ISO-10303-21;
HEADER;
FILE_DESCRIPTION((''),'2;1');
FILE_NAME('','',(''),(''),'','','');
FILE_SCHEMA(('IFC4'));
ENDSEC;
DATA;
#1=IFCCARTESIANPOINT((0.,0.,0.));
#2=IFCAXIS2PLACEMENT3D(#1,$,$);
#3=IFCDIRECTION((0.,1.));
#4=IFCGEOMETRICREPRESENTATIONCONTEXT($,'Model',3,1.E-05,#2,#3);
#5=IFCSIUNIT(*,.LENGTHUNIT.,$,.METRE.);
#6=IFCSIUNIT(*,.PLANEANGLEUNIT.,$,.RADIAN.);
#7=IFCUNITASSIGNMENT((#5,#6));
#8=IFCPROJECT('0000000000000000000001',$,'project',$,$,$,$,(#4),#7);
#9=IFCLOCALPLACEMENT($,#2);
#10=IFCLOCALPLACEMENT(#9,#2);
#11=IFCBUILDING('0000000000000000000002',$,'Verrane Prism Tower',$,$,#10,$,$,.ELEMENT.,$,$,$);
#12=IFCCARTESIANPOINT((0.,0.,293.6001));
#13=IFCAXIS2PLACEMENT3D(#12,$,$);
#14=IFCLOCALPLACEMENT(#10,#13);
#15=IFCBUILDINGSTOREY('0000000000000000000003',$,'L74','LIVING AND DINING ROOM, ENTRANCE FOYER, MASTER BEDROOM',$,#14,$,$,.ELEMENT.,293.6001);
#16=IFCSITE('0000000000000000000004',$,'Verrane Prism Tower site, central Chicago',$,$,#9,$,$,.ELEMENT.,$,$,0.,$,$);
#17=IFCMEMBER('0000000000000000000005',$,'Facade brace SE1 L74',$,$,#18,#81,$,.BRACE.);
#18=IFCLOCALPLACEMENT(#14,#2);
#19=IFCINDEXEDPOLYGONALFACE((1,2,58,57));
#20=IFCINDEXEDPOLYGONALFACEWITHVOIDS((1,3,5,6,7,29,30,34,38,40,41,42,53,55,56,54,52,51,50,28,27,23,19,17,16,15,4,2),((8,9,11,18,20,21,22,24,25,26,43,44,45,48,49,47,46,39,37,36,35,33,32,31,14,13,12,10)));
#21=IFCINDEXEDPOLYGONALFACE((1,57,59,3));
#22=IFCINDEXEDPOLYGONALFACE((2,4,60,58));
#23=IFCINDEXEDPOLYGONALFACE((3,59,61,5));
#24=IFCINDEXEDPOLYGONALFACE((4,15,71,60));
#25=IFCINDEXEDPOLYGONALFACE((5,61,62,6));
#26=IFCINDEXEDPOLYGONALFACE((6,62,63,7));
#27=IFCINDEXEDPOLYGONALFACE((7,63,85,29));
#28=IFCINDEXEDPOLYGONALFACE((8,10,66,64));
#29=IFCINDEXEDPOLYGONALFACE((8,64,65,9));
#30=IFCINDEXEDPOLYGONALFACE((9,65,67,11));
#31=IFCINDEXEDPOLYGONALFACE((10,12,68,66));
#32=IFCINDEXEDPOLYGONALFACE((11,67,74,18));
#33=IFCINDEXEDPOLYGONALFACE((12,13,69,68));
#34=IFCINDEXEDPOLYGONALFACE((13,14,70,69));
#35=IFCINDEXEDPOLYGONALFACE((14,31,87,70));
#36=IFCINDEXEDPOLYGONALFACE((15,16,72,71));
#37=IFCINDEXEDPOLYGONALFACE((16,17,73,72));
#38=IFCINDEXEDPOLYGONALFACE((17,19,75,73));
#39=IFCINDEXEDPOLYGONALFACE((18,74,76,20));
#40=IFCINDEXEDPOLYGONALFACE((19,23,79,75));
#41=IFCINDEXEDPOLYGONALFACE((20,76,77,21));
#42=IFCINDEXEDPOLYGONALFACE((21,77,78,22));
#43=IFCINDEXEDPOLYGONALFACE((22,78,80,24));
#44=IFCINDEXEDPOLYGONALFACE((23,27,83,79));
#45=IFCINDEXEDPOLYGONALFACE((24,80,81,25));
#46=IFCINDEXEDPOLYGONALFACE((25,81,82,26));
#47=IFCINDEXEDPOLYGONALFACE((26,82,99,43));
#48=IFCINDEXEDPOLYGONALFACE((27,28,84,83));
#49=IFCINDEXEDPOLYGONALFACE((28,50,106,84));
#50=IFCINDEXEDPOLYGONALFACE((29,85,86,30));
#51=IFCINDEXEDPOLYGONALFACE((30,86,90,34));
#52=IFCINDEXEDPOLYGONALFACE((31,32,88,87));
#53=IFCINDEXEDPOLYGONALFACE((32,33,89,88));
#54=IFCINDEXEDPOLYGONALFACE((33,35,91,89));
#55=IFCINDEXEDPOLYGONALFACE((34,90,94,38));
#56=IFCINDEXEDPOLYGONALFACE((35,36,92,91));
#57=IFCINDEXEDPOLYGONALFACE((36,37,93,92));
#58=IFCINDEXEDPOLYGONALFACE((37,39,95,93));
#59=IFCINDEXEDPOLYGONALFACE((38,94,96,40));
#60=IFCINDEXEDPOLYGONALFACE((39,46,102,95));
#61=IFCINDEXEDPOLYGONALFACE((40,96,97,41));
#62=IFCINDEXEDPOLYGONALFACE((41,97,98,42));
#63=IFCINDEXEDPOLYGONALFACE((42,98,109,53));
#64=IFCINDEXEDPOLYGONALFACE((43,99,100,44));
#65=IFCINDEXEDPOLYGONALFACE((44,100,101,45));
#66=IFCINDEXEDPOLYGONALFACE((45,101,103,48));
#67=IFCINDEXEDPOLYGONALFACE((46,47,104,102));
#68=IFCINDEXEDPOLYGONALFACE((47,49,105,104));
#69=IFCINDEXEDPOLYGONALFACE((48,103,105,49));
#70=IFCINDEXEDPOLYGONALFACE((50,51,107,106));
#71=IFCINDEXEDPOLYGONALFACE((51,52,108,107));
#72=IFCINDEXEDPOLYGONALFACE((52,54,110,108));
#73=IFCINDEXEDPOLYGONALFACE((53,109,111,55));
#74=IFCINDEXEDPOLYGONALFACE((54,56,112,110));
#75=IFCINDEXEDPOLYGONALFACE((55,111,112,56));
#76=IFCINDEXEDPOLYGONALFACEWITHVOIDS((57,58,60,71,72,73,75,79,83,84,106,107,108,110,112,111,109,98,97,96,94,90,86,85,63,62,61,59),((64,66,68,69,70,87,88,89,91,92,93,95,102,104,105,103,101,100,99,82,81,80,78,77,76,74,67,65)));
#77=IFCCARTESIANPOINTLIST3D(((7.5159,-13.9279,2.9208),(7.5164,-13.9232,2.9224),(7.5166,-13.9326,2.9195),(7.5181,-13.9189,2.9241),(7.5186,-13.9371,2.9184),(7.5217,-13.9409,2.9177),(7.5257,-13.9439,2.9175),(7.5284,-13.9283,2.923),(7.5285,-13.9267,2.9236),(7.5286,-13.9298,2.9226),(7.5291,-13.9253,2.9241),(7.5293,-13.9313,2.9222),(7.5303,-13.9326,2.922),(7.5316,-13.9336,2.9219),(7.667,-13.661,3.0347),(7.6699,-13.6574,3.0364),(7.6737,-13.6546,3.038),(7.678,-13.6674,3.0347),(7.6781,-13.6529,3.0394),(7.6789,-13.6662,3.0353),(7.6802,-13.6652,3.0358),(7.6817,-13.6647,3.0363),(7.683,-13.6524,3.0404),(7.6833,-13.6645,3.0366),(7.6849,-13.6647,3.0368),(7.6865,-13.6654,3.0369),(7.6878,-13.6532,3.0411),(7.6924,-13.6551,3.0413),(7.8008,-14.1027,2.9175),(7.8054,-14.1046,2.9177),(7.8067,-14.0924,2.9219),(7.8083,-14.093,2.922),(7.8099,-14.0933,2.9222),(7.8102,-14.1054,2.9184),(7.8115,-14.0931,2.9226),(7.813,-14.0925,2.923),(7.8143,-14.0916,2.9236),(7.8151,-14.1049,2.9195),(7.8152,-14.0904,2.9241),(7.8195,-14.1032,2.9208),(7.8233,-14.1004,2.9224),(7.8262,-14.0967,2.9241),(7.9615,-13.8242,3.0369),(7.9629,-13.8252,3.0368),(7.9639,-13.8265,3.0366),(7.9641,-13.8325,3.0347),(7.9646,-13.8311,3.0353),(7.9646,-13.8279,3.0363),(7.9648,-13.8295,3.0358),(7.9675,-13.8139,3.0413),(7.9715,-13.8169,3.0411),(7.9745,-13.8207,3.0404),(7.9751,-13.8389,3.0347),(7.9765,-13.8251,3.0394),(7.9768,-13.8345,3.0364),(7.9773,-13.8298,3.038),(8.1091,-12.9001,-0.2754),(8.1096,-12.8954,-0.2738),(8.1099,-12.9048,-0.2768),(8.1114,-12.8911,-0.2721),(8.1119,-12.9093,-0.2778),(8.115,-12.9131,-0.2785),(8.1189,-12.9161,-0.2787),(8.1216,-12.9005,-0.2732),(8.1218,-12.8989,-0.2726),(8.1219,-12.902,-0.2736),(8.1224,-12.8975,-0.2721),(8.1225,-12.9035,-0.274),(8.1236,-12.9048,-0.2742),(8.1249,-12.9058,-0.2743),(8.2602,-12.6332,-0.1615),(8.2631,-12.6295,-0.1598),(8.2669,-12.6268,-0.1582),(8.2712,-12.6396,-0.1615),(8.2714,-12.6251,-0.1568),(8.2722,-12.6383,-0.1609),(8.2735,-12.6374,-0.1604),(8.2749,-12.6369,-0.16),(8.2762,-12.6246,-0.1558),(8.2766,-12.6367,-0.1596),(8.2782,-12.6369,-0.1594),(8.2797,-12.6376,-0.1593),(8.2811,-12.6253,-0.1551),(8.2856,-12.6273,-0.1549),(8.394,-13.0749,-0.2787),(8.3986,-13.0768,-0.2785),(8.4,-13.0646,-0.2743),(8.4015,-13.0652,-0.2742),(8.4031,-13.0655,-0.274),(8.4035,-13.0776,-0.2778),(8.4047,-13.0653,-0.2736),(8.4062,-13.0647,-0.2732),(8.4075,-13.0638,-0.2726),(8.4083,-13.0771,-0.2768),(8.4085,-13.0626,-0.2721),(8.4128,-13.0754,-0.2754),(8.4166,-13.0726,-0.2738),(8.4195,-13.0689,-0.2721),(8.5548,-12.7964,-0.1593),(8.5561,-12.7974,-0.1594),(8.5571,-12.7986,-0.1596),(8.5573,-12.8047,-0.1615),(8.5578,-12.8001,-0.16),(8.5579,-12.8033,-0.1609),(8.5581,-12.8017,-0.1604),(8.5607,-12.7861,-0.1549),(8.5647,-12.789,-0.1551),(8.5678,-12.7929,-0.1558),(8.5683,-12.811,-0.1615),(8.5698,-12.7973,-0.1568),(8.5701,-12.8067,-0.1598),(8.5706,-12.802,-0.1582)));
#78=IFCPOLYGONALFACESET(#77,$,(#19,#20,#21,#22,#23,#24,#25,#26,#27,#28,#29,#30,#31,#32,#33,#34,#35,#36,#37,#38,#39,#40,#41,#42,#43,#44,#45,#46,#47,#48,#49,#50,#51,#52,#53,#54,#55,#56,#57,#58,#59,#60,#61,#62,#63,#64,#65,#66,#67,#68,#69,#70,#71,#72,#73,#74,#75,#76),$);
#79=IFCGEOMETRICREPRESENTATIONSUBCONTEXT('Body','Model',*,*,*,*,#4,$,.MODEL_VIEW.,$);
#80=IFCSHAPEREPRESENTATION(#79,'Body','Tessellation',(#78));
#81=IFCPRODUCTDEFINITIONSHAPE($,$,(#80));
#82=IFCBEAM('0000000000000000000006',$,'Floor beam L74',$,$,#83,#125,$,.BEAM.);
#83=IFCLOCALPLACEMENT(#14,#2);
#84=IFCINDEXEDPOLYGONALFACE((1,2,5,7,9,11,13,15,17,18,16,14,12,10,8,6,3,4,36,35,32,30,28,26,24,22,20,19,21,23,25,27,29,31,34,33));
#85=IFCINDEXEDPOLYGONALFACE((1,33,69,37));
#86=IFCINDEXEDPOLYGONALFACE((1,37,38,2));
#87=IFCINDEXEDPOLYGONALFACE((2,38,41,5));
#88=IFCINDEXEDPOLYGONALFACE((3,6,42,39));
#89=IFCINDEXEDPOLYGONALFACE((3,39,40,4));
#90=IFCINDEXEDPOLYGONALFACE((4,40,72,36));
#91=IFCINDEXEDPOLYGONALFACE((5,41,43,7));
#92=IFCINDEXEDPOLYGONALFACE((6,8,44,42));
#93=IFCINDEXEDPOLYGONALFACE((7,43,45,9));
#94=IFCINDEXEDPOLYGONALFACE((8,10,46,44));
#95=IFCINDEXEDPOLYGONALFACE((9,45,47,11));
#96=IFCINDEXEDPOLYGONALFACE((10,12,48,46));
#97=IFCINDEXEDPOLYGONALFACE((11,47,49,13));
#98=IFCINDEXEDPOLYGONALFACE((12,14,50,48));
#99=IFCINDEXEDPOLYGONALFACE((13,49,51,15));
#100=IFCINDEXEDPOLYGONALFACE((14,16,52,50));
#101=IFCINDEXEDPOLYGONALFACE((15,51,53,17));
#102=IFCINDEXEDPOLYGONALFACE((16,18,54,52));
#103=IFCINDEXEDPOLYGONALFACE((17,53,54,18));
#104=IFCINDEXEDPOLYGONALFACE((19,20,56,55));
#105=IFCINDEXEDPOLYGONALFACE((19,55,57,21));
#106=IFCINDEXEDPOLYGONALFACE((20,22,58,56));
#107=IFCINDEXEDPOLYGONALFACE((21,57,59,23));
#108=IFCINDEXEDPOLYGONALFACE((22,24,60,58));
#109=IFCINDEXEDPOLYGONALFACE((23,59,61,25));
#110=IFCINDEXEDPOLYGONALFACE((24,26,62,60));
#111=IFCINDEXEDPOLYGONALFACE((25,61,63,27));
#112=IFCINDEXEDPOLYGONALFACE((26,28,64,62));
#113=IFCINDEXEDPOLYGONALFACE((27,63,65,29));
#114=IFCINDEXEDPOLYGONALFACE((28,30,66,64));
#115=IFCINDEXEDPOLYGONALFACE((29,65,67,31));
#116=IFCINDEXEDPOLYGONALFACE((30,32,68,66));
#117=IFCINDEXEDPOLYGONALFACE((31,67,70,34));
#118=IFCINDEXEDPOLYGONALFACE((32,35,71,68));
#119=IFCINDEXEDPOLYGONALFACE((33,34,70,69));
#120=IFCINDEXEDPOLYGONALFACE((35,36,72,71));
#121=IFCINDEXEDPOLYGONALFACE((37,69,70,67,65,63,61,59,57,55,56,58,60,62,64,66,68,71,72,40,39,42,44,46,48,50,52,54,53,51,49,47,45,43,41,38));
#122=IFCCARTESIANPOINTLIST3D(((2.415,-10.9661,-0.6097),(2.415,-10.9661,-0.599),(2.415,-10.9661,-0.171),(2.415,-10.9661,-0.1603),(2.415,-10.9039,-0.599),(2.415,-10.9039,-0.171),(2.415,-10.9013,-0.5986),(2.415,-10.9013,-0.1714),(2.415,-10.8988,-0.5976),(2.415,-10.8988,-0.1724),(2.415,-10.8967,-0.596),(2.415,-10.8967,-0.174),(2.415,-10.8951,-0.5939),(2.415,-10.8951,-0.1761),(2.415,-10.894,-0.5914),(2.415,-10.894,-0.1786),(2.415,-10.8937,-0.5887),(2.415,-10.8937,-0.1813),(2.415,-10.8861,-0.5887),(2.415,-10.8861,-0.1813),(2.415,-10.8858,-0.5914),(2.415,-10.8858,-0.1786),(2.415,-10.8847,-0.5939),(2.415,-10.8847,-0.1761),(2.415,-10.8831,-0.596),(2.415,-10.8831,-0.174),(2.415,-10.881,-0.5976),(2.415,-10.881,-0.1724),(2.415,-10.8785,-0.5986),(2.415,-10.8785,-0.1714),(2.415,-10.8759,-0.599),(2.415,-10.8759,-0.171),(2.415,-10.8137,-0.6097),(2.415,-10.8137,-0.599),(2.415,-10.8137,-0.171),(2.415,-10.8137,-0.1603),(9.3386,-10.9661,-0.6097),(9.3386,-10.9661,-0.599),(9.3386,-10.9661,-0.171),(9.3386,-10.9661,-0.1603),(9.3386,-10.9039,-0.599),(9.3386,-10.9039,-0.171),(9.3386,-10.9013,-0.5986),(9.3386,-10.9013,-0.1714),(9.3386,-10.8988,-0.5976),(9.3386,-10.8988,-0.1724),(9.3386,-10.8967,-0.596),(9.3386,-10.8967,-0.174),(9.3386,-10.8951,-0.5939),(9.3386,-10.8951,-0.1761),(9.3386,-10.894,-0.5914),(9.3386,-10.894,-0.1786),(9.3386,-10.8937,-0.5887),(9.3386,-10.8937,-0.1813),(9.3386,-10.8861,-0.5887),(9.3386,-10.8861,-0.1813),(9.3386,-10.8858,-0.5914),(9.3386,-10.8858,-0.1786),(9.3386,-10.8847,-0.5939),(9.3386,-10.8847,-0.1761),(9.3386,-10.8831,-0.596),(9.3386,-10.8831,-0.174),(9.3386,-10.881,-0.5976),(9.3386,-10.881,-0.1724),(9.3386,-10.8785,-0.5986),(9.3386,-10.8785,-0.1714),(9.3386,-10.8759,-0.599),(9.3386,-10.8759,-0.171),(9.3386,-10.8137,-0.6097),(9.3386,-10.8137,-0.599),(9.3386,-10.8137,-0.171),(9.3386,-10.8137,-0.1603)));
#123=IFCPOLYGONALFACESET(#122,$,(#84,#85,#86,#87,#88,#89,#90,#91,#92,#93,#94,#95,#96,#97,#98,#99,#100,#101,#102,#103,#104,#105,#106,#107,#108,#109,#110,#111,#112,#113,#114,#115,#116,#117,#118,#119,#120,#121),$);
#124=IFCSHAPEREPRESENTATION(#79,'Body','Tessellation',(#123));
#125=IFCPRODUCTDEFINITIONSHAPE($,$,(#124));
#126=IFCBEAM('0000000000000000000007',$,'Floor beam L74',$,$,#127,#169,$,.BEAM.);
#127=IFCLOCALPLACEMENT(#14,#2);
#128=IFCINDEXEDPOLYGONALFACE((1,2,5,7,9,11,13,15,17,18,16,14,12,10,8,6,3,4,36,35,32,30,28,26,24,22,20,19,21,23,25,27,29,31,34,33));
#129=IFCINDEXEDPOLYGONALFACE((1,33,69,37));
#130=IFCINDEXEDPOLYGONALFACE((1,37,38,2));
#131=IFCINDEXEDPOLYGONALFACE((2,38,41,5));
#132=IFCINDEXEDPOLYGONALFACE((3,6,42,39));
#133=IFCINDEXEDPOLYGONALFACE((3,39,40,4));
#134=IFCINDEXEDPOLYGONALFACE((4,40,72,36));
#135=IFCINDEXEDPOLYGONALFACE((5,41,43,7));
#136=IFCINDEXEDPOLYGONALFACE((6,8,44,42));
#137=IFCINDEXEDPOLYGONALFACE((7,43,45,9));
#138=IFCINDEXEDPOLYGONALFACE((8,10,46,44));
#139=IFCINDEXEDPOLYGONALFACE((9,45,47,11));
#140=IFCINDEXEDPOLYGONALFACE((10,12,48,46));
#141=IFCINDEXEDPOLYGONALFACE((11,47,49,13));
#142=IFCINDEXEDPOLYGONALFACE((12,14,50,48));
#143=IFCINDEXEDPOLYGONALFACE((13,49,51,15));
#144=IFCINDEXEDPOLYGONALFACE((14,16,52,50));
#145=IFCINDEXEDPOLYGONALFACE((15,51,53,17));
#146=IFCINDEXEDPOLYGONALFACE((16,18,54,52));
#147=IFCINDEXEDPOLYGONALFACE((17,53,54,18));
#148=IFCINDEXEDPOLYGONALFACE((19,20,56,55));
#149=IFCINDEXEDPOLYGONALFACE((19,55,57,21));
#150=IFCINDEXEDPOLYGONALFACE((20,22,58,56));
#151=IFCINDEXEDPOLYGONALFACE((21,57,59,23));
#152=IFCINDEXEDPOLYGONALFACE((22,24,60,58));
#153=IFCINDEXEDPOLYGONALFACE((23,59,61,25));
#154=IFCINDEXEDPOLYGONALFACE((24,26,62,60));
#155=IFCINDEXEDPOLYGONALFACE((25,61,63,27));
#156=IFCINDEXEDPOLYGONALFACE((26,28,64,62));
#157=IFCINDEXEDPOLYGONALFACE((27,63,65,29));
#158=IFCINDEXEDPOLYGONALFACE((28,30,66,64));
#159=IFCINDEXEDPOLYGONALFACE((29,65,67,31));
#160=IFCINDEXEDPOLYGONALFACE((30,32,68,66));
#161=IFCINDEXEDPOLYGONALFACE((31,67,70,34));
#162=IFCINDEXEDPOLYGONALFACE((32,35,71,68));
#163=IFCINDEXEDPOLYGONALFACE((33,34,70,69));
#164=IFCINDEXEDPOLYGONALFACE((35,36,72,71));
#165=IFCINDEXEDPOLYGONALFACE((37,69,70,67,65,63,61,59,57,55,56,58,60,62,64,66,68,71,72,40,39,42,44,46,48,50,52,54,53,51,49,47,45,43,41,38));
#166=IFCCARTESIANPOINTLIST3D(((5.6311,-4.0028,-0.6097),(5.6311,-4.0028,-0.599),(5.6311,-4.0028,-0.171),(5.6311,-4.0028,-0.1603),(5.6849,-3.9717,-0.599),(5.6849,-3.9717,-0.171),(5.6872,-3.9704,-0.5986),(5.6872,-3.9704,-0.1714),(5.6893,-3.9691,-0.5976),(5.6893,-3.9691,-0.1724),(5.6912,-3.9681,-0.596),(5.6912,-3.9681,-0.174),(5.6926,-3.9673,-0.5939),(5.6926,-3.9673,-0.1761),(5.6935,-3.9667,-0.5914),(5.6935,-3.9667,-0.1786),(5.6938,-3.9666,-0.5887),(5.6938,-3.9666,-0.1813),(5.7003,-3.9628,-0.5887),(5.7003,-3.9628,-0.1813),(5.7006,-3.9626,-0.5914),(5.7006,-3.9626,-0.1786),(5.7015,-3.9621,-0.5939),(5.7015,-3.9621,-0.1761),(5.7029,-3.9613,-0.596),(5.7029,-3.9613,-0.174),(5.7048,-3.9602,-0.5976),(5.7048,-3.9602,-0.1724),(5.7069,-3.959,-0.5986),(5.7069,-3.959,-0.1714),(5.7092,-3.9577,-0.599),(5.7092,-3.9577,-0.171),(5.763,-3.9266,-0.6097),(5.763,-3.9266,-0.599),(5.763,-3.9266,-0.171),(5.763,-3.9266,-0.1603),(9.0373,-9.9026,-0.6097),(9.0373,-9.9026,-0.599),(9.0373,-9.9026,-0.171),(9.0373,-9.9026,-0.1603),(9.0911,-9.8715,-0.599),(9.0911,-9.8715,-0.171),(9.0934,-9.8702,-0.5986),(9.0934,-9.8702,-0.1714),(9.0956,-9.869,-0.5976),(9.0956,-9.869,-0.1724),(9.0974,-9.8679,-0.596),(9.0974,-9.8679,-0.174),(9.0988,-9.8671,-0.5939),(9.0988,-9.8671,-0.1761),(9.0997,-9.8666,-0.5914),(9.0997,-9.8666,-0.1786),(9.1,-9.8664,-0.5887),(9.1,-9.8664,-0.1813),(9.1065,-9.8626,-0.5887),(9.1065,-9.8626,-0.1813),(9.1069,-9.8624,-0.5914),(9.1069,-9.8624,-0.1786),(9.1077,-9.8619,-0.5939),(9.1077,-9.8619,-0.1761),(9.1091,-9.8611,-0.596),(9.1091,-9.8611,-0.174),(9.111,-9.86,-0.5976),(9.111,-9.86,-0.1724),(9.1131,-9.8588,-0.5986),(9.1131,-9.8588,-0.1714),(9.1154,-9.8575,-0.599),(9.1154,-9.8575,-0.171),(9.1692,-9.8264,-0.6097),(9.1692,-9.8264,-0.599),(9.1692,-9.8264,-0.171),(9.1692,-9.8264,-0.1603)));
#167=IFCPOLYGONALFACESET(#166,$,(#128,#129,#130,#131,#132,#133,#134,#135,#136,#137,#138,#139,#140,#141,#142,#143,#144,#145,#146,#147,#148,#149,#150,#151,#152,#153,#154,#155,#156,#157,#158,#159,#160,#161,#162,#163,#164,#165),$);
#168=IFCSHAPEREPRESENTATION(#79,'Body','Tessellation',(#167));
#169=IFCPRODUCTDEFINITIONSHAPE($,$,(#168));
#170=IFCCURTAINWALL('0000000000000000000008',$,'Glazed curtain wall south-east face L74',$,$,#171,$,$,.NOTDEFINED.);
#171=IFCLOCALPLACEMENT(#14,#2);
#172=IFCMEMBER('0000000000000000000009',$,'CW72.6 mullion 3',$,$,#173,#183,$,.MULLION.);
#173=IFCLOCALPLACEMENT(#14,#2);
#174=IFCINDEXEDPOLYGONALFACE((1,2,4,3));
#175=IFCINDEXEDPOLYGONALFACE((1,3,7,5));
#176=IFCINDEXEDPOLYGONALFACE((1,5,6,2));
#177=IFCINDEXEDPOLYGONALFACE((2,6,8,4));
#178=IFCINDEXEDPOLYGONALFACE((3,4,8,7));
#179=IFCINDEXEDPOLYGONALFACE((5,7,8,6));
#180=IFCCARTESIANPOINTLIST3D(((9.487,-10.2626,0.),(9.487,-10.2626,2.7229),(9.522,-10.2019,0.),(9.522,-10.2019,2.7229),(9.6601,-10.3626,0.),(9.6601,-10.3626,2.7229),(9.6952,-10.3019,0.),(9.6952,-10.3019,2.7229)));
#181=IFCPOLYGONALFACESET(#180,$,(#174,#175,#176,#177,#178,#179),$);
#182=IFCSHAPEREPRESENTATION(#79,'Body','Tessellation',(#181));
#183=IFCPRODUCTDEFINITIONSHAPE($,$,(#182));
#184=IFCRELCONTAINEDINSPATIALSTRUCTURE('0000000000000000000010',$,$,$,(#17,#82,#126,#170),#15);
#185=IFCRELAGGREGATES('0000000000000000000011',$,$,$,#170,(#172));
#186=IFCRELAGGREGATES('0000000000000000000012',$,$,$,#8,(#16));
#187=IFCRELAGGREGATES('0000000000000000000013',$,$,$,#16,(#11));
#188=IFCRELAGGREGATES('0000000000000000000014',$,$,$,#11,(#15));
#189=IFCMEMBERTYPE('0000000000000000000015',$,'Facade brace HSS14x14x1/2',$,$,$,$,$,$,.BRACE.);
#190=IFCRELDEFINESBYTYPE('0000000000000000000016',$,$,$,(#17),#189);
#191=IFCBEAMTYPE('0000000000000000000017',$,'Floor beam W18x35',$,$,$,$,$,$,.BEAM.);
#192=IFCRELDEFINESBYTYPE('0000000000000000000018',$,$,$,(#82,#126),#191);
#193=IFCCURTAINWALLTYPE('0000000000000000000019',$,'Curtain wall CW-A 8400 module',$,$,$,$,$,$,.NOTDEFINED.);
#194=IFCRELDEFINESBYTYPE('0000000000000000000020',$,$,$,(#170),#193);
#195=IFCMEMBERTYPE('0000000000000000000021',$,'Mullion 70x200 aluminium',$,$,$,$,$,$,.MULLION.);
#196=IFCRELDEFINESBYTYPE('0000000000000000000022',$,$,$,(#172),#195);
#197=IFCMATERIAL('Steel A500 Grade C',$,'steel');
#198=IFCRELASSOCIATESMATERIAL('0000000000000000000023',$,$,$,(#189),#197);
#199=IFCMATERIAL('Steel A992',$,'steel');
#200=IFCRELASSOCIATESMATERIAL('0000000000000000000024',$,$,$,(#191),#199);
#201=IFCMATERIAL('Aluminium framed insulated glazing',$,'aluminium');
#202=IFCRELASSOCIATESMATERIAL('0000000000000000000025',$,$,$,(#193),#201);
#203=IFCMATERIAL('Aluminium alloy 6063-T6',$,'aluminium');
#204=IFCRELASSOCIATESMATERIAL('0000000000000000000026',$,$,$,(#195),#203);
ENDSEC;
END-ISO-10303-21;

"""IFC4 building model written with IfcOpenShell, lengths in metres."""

from ifc_helpers import new_model, si_unit, direction, frame, origin, origin_2d, place, context, subcontext, project, spatial, rectangle, hollow_rectangle, i_section, extrude, material, material_profile, profile_set, type_object, element, aggregate, save


model = new_model("IFC4")

# Units and contexts
model_context = context("Model", 3, precision=1e-05, world=origin(), true_north=direction((0.0, 1.0)))
body_context = subcontext(model_context, "Body", "Model", "MODEL_VIEW")
ifc_project = project(units=[si_unit("LENGTHUNIT", "METRE"), si_unit("PLANEANGLEUNIT", "RADIAN")], contexts=[model_context])

# Site, building, storey
site_placement = place(None, origin())
site = spatial("IfcSite", under=ifc_project, at=site_placement, Name="Verrane Prism Tower site, central Chicago", CompositionType="ELEMENT", RefElevation=0.0)
building_placement = place(site_placement, origin())
building = spatial("IfcBuilding", under=site, at=building_placement, Name="Verrane Prism Tower", CompositionType="ELEMENT")
storey_placement = place(building_placement, frame((0.0, 0.0, 293.6001)))
storey = spatial("IfcBuildingStorey", under=building, at=storey_placement, Name="L74", Description="LIVING AND DINING ROOM, ENTRANCE FOYER, MASTER BEDROOM", CompositionType="ELEMENT", Elevation=293.6001)

# Member
ifc_material_1 = material(Name="Steel A500 Grade C", Category="steel")
ifc_material_profile_1 = material_profile(ifc_material_1, hollow_rectangle(XDim=0.3557, YDim=0.3557, WallThickness=0.0127, InnerFilletRadius=0.0063, OuterFilletRadius=0.019, at=origin_2d()), Name="HSS14x14x1/2")
ifc_profile_set_1 = profile_set([ifc_material_profile_1], Name="Steel A500 Grade C")
member_type_1 = type_object("IfcMemberType", Name="Facade brace HSS14x14x1/2", PredefinedType="BRACE", material=ifc_profile_set_1)
member_1_placement = place(storey_placement, frame((8.3398, -12.8511, -0.2168), z_axis=(-0.174003, -0.301462, 0.937467), x_axis=(0.866083, -0.499901, 0.0)))
element("IfcMember", 1, at=member_1_placement, inside=storey, type_object=member_type_1, Name="Facade brace SE1 L74", PredefinedType="BRACE", context=body_context, shape_type="SweptSolid", body=[
    extrude(hollow_rectangle(XDim=0.3557, YDim=0.3557, WallThickness=0.0127, InnerFilletRadius=0.0063, OuterFilletRadius=0.019, at=origin_2d()), origin(), (0.0, 0.0, 1.0), 3.4094),
])

# Beams
ifc_material_2 = material(Name="Steel A992", Category="steel")
ifc_material_profile_2 = material_profile(ifc_material_2, i_section(OverallWidth=0.1523, OverallDepth=0.4495, WebThickness=0.0076, FlangeThickness=0.0107, FilletRadius=0.0103, at=origin_2d()), Name="W18x35")
ifc_profile_set_2 = profile_set([ifc_material_profile_2], Name="Steel A992")
beam_type_1 = type_object("IfcBeamType", Name="Floor beam W18x35", PredefinedType="BEAM", material=ifc_profile_set_2)
beam_1_placement = place(storey_placement, frame((2.415, -10.8899, -0.385), z_axis=(1.0, 0.0, 0.0), x_axis=(0.0, 1.0, 0.0)))
element("IfcBeam", 2, at=beam_1_placement, inside=storey, type_object=beam_type_1, Name="Floor beam L74", PredefinedType="BEAM", context=body_context, shape_type="SweptSolid", body=[
    extrude(i_section(OverallWidth=0.1523, OverallDepth=0.4495, WebThickness=0.0076, FlangeThickness=0.0107, FilletRadius=0.0103, at=origin_2d()), origin(), (0.0, 0.0, 1.0), 6.9236),
])
beam_2_placement = place(storey_placement, frame((9.1033, -9.8645, -0.385), z_axis=(-0.499993, 0.866029, 0.0), x_axis=(-0.866029, -0.499993, 0.0)))
element("IfcBeam", 3, at=beam_2_placement, inside=storey, type_object=beam_type_1, Name="Floor beam L74", PredefinedType="BEAM", context=body_context, shape_type="SweptSolid", body=[
    extrude(i_section(OverallWidth=0.1523, OverallDepth=0.4495, WebThickness=0.0076, FlangeThickness=0.0107, FilletRadius=0.0103, at=origin_2d()), origin(), (0.0, 0.0, 1.0), 6.8125),
])

# Curtain wall, member
ifc_material_3 = material(Name="Aluminium framed insulated glazing", Category="aluminium")
curtain_wall_type = type_object("IfcCurtainWallType", Name="Curtain wall CW-A 8400 module", PredefinedType="NOTDEFINED", material=ifc_material_3)
curtain_wall_placement = place(storey_placement, origin())
curtain_wall = element("IfcCurtainWall", 4, at=curtain_wall_placement, inside=storey, type_object=curtain_wall_type, Name="Glazed curtain wall south-east face L74", PredefinedType="NOTDEFINED")
ifc_material_4 = material(Name="Aluminium alloy 6063-T6", Category="aluminium")
ifc_material_profile_3 = material_profile(ifc_material_4, rectangle(XDim=0.2, YDim=0.0701, at=origin_2d()), Name="Mullion 70x200 aluminium")
ifc_profile_set_3 = profile_set([ifc_material_profile_3], Name="Aluminium alloy 6063-T6")
member_type_2 = type_object("IfcMemberType", Name="Mullion 70x200 aluminium", PredefinedType="MULLION", material=ifc_profile_set_3)
member_2_placement = place(storey_placement, frame((9.5911, -10.2822, 0.0), z_axis=(0.0, 0.0, 1.0), x_axis=(-0.866025, 0.500001, 0.0)))
member_2 = element("IfcMember", 5, at=member_2_placement, type_object=member_type_2, Name="CW72.6 mullion 3", PredefinedType="MULLION", context=body_context, shape_type="SweptSolid", body=[
    extrude(rectangle(XDim=0.2, YDim=0.0701, at=origin_2d()), origin(), (0.0, 0.0, 1.0), 2.7229),
])

aggregate(curtain_wall, [member_2])

save(model, "model.ifc")
